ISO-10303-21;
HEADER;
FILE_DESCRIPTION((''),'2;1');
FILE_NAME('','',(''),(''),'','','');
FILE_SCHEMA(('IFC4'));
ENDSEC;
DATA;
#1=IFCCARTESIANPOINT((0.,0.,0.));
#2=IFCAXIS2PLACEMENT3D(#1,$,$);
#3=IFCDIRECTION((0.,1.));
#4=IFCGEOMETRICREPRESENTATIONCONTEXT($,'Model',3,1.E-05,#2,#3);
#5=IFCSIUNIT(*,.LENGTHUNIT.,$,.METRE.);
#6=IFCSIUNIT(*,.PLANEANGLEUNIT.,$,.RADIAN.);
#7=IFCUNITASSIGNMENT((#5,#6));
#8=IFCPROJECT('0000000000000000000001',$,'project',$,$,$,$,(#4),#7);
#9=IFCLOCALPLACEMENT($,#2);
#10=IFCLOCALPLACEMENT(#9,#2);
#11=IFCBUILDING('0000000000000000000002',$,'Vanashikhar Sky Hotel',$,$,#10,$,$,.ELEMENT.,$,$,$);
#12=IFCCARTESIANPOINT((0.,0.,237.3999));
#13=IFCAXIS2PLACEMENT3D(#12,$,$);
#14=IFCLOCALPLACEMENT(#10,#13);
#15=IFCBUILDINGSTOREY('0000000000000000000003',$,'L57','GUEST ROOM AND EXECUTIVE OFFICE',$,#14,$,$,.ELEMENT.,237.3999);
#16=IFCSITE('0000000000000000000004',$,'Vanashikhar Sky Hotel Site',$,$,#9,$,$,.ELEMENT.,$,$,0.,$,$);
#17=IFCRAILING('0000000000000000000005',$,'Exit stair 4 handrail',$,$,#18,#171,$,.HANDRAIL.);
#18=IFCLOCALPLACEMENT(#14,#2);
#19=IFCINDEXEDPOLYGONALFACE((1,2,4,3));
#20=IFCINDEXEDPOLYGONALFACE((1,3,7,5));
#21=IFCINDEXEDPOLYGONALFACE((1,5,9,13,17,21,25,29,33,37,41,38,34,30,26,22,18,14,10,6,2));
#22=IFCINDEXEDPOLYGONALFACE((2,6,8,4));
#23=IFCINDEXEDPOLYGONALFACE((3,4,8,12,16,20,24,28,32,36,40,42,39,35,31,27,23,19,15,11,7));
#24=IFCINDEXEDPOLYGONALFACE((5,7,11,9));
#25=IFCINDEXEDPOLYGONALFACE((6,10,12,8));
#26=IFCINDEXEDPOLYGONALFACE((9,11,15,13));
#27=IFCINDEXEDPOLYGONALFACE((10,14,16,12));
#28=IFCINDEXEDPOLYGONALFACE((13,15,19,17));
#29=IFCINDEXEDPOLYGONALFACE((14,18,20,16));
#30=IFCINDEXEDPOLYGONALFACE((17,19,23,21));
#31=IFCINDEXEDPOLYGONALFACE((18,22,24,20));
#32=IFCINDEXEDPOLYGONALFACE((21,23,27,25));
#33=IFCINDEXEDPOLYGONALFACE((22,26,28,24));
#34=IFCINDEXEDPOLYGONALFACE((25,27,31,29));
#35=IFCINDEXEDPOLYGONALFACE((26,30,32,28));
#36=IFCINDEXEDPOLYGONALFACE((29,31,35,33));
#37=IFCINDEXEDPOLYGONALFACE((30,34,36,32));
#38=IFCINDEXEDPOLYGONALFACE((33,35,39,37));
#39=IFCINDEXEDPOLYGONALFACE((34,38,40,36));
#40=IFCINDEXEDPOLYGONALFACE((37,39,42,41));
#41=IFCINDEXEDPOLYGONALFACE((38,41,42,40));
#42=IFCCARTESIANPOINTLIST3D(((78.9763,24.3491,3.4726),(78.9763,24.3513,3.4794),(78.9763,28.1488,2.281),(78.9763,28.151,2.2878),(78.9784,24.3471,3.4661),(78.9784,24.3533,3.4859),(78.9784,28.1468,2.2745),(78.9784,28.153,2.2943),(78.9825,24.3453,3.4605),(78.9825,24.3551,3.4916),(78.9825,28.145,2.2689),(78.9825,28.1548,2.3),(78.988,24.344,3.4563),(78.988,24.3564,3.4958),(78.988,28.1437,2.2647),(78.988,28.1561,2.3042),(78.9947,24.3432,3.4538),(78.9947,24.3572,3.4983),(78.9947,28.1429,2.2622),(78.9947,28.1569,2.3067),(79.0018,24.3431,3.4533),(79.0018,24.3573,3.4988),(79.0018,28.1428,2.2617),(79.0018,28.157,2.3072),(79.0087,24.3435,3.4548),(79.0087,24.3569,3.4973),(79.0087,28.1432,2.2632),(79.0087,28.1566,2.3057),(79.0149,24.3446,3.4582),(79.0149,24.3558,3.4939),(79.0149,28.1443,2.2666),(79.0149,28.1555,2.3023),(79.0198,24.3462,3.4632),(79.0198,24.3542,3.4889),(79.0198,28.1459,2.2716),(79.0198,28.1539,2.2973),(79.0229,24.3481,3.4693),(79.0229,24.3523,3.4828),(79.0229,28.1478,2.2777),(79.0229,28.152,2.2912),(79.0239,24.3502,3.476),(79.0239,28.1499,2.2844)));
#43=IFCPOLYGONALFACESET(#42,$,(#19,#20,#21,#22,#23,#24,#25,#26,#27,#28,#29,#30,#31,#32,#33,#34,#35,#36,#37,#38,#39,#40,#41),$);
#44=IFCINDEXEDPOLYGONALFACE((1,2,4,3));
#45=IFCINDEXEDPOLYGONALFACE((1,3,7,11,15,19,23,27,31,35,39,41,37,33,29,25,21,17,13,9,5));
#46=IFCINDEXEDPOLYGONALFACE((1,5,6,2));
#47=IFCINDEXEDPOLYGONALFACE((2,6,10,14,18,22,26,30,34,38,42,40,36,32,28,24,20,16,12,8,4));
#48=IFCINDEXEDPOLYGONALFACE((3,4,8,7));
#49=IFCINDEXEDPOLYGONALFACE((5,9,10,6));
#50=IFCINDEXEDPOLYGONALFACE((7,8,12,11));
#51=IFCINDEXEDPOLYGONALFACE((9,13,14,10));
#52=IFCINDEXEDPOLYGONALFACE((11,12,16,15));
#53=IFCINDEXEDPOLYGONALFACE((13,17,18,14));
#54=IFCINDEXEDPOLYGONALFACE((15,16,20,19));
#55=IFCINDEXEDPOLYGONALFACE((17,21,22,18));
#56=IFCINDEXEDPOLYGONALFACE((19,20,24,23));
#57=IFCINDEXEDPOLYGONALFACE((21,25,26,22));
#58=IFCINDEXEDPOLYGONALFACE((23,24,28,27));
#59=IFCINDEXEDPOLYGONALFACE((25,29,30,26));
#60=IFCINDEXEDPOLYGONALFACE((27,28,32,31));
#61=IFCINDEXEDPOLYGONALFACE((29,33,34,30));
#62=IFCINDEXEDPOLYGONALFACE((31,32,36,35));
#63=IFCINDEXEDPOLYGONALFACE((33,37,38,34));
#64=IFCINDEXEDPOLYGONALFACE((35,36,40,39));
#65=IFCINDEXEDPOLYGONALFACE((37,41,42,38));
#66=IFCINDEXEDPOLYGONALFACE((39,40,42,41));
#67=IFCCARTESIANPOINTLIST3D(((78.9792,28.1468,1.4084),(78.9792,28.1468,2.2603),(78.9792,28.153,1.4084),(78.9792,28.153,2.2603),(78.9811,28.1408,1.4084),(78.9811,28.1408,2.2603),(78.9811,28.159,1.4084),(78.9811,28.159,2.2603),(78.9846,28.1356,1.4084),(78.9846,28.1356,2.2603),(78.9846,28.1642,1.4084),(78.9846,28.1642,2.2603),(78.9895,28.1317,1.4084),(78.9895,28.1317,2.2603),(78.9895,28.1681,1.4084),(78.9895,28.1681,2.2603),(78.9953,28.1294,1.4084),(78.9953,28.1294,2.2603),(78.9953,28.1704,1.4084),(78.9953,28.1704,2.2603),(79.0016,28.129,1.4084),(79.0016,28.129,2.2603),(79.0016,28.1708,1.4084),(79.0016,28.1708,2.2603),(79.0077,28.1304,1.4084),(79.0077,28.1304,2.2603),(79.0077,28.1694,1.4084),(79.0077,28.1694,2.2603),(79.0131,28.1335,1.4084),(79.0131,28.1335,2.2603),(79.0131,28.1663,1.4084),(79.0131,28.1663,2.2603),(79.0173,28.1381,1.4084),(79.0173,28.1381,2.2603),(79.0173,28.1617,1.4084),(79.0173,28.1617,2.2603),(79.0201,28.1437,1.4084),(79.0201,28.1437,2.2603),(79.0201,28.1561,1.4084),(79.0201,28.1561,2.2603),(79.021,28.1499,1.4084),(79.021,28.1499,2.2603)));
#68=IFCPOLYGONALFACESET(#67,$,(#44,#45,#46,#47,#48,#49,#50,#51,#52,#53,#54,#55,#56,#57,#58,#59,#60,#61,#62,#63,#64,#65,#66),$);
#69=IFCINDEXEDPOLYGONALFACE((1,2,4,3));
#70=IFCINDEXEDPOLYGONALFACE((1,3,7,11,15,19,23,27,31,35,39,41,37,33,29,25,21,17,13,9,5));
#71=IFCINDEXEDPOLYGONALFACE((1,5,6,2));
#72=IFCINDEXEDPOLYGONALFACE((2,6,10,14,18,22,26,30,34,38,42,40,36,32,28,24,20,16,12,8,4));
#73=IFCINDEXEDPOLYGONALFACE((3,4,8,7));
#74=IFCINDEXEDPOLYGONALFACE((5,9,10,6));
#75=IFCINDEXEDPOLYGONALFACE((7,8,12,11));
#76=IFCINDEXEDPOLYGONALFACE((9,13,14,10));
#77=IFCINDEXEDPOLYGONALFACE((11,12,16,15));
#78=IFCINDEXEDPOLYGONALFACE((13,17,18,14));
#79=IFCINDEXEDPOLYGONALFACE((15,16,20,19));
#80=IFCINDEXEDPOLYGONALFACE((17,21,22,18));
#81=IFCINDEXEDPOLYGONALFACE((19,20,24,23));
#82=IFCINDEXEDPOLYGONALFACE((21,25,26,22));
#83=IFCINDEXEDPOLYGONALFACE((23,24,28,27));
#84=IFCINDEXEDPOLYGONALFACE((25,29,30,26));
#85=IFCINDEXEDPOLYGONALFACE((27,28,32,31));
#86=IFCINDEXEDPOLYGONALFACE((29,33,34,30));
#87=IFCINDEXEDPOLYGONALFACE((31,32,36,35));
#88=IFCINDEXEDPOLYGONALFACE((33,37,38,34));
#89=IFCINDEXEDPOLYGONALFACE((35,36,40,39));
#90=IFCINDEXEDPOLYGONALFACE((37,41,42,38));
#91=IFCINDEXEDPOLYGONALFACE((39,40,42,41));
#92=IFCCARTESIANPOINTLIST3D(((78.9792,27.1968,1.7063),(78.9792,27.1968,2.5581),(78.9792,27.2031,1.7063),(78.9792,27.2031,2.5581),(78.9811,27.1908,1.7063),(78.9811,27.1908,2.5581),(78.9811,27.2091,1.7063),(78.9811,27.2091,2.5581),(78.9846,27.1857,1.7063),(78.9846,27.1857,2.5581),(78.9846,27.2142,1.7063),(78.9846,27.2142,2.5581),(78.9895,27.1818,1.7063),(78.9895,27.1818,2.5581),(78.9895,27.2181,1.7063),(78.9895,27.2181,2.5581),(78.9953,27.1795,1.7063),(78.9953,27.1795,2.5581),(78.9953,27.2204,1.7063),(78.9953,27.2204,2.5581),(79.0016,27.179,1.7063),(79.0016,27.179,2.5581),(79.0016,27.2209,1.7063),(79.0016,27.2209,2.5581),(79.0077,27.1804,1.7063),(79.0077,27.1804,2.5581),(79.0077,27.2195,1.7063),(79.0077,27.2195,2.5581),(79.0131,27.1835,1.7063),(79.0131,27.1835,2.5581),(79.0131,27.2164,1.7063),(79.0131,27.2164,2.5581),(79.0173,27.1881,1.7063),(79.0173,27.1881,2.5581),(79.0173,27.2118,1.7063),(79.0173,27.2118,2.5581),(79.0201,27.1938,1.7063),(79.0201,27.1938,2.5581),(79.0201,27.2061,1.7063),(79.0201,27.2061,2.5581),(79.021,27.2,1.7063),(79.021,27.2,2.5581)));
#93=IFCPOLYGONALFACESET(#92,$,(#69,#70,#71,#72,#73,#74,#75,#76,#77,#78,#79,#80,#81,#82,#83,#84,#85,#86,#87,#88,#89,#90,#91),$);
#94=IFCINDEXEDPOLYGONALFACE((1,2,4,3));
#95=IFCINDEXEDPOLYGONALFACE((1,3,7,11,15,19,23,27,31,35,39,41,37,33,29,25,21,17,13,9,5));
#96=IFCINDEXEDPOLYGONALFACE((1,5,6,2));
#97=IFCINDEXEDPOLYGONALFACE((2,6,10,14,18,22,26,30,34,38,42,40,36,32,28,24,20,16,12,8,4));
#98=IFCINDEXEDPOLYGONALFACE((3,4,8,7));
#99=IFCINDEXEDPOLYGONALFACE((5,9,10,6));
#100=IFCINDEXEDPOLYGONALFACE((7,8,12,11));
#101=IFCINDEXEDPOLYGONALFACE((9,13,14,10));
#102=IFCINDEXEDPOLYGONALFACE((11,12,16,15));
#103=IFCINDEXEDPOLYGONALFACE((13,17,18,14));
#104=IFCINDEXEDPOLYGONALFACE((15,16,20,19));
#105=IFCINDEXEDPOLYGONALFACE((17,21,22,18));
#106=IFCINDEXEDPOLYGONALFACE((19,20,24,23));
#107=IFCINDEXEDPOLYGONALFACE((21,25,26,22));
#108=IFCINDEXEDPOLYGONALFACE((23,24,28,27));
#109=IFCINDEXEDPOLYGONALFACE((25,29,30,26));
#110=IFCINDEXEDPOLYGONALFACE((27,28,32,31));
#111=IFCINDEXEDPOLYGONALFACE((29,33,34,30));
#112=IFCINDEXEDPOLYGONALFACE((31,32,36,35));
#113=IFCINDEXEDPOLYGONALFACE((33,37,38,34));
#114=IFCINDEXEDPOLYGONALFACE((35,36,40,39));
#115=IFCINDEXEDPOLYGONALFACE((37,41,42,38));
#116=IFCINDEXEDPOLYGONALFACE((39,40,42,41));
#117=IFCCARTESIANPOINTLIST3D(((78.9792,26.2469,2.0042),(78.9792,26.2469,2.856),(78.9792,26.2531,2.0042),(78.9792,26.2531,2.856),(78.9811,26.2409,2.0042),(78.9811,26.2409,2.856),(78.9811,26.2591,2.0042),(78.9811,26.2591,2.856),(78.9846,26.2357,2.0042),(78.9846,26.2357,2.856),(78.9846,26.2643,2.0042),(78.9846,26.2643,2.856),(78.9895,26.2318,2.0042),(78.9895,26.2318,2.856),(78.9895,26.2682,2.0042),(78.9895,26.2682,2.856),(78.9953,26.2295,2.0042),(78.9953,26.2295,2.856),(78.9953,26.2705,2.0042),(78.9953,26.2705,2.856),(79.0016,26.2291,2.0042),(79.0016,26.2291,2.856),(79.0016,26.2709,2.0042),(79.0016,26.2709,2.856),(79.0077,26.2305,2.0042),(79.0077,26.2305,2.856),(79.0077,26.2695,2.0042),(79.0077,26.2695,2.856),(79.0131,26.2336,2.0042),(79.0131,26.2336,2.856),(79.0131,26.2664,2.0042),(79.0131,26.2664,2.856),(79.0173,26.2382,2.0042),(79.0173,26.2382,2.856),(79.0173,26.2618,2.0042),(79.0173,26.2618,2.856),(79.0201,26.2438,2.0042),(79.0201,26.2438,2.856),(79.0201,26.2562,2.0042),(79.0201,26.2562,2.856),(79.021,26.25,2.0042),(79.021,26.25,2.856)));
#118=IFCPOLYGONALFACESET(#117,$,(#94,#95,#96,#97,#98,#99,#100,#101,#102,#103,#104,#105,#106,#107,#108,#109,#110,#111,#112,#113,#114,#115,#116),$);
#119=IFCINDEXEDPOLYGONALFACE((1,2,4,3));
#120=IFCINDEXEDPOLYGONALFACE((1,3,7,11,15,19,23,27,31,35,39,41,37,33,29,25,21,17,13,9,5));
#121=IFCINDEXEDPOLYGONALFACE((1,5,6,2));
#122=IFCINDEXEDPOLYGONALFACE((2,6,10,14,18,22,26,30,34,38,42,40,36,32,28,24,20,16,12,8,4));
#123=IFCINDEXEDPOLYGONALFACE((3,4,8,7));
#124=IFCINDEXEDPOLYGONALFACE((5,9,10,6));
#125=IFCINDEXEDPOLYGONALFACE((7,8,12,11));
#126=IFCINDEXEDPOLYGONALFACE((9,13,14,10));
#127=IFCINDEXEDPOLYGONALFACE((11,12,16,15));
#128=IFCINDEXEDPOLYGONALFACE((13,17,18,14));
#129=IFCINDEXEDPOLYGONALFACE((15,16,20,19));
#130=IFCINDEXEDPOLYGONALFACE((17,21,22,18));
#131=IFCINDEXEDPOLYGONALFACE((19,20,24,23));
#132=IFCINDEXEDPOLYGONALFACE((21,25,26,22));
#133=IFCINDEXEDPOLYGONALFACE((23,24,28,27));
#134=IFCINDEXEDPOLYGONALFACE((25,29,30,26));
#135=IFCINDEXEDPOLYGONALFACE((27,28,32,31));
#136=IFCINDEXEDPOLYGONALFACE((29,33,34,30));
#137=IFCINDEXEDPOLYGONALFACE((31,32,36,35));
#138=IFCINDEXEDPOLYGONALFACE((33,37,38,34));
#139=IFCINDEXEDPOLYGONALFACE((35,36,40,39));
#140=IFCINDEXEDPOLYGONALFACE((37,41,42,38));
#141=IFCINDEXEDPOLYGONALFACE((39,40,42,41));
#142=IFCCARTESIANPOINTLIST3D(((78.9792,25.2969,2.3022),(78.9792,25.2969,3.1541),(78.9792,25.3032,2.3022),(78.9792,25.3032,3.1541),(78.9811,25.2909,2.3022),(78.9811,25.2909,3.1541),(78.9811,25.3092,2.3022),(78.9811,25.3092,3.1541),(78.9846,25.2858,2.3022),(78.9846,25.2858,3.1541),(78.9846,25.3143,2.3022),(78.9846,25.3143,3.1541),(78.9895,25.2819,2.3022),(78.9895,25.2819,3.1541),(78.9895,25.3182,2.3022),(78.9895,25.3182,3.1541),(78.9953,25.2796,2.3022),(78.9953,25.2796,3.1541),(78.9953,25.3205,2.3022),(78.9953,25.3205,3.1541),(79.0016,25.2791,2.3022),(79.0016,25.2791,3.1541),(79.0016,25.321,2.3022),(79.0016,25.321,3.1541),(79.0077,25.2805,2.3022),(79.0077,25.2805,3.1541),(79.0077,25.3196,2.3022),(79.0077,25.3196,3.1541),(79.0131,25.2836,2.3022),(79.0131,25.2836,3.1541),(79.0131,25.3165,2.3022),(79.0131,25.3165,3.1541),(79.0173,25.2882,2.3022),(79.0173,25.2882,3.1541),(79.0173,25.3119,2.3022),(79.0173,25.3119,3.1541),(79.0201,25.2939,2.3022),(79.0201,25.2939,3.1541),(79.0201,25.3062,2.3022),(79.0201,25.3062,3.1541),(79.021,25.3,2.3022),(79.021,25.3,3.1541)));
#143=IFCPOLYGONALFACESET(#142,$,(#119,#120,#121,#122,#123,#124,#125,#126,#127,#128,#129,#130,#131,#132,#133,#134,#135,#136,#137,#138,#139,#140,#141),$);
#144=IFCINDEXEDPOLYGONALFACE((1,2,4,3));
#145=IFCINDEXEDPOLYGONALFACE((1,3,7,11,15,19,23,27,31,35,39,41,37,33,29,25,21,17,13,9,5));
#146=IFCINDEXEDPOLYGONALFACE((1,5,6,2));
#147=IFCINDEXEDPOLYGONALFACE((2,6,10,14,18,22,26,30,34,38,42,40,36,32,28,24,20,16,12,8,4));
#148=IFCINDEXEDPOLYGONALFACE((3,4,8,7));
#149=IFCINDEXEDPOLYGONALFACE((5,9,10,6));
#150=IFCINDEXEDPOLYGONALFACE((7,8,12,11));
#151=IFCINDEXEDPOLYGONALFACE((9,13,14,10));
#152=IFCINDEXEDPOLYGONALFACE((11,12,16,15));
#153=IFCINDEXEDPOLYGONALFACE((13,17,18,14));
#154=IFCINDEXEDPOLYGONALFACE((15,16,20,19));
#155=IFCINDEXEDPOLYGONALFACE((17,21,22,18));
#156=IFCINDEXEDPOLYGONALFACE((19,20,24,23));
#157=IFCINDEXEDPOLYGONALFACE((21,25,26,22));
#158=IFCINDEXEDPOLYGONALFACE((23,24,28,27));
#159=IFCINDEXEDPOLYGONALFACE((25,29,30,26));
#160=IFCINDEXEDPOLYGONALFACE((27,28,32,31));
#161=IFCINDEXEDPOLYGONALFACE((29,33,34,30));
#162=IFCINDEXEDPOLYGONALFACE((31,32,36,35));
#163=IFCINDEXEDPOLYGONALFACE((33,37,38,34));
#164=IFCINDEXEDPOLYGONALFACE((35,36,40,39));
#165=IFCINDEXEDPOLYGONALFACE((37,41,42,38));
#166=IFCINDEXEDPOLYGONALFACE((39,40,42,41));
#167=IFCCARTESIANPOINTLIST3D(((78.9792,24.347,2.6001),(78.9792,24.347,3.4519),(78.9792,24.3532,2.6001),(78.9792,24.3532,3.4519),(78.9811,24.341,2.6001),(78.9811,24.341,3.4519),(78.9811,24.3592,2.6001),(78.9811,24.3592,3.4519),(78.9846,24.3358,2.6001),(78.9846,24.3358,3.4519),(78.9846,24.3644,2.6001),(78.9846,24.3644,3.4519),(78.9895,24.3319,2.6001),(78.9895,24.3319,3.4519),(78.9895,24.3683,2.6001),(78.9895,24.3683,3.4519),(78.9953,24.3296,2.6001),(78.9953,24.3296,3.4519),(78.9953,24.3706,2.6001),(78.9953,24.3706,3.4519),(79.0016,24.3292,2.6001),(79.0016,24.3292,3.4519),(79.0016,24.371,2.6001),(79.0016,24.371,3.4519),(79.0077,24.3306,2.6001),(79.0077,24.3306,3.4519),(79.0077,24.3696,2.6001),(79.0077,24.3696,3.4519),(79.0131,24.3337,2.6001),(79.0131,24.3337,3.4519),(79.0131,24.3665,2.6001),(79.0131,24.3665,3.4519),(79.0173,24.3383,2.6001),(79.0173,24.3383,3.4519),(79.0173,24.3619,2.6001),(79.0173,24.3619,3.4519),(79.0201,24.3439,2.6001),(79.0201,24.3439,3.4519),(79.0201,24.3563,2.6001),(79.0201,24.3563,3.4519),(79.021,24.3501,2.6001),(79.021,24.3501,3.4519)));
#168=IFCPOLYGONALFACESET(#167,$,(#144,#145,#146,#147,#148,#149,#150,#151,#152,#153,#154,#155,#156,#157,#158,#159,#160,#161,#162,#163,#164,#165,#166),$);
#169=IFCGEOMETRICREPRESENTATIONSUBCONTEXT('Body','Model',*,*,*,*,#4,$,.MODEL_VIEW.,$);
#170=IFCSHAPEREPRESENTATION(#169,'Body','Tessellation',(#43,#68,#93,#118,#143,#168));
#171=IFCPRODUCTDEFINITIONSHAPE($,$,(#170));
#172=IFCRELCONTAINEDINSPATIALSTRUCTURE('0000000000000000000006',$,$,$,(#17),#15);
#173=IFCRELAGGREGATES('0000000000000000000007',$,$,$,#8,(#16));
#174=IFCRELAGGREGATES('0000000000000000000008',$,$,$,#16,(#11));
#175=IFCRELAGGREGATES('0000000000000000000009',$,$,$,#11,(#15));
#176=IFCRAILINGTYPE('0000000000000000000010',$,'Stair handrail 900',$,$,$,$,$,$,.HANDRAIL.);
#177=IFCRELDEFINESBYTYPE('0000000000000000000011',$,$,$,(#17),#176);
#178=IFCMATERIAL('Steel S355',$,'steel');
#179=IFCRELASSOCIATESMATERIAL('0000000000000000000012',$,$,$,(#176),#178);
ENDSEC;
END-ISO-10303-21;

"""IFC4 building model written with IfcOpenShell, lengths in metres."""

from ifc_helpers import new_model, si_unit, direction, frame, origin, origin_2d, place, context, subcontext, project, spatial, circle, extrude, source, transform, mapped, material, type_object, element, save


model = new_model("IFC4")

# Units and contexts
model_context = context("Model", 3, precision=1e-05, world=origin(), true_north=direction((0.0, 1.0)))
body_context = subcontext(model_context, "Body", "Model", "MODEL_VIEW")
ifc_project = project(units=[si_unit("LENGTHUNIT", "METRE"), si_unit("PLANEANGLEUNIT", "RADIAN")], contexts=[model_context])

# Site, building, storey
site_placement = place(None, origin())
site = spatial("IfcSite", under=ifc_project, at=site_placement, Name="Vanashikhar Sky Hotel Site", CompositionType="ELEMENT", RefElevation=0.0)
building_placement = place(site_placement, origin())
building = spatial("IfcBuilding", under=site, at=building_placement, Name="Vanashikhar Sky Hotel", CompositionType="ELEMENT")
storey_placement = place(building_placement, frame((0.0, 0.0, 237.3999)))
storey = spatial("IfcBuildingStorey", under=building, at=storey_placement, Name="L57", Description="GUEST ROOM AND EXECUTIVE OFFICE", CompositionType="ELEMENT", Elevation=237.3999)

# Railing
ifc_material_1 = material(Name="Steel S355", Category="steel")
railing_type_1 = type_object("IfcRailingType", Name="Stair handrail 900", PredefinedType="HANDRAIL", material=ifc_material_1)
shared_shape_1 = source(origin(), body_context, "Body", "SweptSolid", [
    extrude(circle(Radius=0.0239, at=origin_2d()), frame((0.0, 0.0, 0.876), z_axis=(0.0, -0.954178, 0.299238), x_axis=(1.0, 0.0, 0.0)), (0.0, 0.0, 1.0), 3.9822),
    extrude(circle(Radius=0.021, at=origin_2d()), origin(), (0.0, 0.0, 1.0), 0.8518),
    extrude(circle(Radius=0.021, at=origin_2d()), frame((0.0, -0.95, 0.2979)), (0.0, 0.0, 1.0), 0.8518),
    extrude(circle(Radius=0.021, at=origin_2d()), frame((0.0, -1.8999, 0.5957)), (0.0, 0.0, 1.0), 0.8518),
    extrude(circle(Radius=0.021, at=origin_2d()), frame((0.0, -2.8499, 0.8938)), (0.0, 0.0, 1.0), 0.8518),
    extrude(circle(Radius=0.021, at=origin_2d()), frame((0.0, -3.7998, 1.1917)), (0.0, 0.0, 1.0), 0.8518),
])
railing_1_placement = place(storey_placement, frame((79.0, 28.1499, 1.4084)))
element("IfcRailing", 1, at=railing_1_placement, inside=storey, type_object=railing_type_1, Name="Exit stair 4 handrail", PredefinedType="HANDRAIL", context=body_context, shape_type="MappedRepresentation", body=[
    mapped(shared_shape_1, transform((0.0, 0.0, 0.0), scale=1.0)),
])

save(model, "model.ifc")
